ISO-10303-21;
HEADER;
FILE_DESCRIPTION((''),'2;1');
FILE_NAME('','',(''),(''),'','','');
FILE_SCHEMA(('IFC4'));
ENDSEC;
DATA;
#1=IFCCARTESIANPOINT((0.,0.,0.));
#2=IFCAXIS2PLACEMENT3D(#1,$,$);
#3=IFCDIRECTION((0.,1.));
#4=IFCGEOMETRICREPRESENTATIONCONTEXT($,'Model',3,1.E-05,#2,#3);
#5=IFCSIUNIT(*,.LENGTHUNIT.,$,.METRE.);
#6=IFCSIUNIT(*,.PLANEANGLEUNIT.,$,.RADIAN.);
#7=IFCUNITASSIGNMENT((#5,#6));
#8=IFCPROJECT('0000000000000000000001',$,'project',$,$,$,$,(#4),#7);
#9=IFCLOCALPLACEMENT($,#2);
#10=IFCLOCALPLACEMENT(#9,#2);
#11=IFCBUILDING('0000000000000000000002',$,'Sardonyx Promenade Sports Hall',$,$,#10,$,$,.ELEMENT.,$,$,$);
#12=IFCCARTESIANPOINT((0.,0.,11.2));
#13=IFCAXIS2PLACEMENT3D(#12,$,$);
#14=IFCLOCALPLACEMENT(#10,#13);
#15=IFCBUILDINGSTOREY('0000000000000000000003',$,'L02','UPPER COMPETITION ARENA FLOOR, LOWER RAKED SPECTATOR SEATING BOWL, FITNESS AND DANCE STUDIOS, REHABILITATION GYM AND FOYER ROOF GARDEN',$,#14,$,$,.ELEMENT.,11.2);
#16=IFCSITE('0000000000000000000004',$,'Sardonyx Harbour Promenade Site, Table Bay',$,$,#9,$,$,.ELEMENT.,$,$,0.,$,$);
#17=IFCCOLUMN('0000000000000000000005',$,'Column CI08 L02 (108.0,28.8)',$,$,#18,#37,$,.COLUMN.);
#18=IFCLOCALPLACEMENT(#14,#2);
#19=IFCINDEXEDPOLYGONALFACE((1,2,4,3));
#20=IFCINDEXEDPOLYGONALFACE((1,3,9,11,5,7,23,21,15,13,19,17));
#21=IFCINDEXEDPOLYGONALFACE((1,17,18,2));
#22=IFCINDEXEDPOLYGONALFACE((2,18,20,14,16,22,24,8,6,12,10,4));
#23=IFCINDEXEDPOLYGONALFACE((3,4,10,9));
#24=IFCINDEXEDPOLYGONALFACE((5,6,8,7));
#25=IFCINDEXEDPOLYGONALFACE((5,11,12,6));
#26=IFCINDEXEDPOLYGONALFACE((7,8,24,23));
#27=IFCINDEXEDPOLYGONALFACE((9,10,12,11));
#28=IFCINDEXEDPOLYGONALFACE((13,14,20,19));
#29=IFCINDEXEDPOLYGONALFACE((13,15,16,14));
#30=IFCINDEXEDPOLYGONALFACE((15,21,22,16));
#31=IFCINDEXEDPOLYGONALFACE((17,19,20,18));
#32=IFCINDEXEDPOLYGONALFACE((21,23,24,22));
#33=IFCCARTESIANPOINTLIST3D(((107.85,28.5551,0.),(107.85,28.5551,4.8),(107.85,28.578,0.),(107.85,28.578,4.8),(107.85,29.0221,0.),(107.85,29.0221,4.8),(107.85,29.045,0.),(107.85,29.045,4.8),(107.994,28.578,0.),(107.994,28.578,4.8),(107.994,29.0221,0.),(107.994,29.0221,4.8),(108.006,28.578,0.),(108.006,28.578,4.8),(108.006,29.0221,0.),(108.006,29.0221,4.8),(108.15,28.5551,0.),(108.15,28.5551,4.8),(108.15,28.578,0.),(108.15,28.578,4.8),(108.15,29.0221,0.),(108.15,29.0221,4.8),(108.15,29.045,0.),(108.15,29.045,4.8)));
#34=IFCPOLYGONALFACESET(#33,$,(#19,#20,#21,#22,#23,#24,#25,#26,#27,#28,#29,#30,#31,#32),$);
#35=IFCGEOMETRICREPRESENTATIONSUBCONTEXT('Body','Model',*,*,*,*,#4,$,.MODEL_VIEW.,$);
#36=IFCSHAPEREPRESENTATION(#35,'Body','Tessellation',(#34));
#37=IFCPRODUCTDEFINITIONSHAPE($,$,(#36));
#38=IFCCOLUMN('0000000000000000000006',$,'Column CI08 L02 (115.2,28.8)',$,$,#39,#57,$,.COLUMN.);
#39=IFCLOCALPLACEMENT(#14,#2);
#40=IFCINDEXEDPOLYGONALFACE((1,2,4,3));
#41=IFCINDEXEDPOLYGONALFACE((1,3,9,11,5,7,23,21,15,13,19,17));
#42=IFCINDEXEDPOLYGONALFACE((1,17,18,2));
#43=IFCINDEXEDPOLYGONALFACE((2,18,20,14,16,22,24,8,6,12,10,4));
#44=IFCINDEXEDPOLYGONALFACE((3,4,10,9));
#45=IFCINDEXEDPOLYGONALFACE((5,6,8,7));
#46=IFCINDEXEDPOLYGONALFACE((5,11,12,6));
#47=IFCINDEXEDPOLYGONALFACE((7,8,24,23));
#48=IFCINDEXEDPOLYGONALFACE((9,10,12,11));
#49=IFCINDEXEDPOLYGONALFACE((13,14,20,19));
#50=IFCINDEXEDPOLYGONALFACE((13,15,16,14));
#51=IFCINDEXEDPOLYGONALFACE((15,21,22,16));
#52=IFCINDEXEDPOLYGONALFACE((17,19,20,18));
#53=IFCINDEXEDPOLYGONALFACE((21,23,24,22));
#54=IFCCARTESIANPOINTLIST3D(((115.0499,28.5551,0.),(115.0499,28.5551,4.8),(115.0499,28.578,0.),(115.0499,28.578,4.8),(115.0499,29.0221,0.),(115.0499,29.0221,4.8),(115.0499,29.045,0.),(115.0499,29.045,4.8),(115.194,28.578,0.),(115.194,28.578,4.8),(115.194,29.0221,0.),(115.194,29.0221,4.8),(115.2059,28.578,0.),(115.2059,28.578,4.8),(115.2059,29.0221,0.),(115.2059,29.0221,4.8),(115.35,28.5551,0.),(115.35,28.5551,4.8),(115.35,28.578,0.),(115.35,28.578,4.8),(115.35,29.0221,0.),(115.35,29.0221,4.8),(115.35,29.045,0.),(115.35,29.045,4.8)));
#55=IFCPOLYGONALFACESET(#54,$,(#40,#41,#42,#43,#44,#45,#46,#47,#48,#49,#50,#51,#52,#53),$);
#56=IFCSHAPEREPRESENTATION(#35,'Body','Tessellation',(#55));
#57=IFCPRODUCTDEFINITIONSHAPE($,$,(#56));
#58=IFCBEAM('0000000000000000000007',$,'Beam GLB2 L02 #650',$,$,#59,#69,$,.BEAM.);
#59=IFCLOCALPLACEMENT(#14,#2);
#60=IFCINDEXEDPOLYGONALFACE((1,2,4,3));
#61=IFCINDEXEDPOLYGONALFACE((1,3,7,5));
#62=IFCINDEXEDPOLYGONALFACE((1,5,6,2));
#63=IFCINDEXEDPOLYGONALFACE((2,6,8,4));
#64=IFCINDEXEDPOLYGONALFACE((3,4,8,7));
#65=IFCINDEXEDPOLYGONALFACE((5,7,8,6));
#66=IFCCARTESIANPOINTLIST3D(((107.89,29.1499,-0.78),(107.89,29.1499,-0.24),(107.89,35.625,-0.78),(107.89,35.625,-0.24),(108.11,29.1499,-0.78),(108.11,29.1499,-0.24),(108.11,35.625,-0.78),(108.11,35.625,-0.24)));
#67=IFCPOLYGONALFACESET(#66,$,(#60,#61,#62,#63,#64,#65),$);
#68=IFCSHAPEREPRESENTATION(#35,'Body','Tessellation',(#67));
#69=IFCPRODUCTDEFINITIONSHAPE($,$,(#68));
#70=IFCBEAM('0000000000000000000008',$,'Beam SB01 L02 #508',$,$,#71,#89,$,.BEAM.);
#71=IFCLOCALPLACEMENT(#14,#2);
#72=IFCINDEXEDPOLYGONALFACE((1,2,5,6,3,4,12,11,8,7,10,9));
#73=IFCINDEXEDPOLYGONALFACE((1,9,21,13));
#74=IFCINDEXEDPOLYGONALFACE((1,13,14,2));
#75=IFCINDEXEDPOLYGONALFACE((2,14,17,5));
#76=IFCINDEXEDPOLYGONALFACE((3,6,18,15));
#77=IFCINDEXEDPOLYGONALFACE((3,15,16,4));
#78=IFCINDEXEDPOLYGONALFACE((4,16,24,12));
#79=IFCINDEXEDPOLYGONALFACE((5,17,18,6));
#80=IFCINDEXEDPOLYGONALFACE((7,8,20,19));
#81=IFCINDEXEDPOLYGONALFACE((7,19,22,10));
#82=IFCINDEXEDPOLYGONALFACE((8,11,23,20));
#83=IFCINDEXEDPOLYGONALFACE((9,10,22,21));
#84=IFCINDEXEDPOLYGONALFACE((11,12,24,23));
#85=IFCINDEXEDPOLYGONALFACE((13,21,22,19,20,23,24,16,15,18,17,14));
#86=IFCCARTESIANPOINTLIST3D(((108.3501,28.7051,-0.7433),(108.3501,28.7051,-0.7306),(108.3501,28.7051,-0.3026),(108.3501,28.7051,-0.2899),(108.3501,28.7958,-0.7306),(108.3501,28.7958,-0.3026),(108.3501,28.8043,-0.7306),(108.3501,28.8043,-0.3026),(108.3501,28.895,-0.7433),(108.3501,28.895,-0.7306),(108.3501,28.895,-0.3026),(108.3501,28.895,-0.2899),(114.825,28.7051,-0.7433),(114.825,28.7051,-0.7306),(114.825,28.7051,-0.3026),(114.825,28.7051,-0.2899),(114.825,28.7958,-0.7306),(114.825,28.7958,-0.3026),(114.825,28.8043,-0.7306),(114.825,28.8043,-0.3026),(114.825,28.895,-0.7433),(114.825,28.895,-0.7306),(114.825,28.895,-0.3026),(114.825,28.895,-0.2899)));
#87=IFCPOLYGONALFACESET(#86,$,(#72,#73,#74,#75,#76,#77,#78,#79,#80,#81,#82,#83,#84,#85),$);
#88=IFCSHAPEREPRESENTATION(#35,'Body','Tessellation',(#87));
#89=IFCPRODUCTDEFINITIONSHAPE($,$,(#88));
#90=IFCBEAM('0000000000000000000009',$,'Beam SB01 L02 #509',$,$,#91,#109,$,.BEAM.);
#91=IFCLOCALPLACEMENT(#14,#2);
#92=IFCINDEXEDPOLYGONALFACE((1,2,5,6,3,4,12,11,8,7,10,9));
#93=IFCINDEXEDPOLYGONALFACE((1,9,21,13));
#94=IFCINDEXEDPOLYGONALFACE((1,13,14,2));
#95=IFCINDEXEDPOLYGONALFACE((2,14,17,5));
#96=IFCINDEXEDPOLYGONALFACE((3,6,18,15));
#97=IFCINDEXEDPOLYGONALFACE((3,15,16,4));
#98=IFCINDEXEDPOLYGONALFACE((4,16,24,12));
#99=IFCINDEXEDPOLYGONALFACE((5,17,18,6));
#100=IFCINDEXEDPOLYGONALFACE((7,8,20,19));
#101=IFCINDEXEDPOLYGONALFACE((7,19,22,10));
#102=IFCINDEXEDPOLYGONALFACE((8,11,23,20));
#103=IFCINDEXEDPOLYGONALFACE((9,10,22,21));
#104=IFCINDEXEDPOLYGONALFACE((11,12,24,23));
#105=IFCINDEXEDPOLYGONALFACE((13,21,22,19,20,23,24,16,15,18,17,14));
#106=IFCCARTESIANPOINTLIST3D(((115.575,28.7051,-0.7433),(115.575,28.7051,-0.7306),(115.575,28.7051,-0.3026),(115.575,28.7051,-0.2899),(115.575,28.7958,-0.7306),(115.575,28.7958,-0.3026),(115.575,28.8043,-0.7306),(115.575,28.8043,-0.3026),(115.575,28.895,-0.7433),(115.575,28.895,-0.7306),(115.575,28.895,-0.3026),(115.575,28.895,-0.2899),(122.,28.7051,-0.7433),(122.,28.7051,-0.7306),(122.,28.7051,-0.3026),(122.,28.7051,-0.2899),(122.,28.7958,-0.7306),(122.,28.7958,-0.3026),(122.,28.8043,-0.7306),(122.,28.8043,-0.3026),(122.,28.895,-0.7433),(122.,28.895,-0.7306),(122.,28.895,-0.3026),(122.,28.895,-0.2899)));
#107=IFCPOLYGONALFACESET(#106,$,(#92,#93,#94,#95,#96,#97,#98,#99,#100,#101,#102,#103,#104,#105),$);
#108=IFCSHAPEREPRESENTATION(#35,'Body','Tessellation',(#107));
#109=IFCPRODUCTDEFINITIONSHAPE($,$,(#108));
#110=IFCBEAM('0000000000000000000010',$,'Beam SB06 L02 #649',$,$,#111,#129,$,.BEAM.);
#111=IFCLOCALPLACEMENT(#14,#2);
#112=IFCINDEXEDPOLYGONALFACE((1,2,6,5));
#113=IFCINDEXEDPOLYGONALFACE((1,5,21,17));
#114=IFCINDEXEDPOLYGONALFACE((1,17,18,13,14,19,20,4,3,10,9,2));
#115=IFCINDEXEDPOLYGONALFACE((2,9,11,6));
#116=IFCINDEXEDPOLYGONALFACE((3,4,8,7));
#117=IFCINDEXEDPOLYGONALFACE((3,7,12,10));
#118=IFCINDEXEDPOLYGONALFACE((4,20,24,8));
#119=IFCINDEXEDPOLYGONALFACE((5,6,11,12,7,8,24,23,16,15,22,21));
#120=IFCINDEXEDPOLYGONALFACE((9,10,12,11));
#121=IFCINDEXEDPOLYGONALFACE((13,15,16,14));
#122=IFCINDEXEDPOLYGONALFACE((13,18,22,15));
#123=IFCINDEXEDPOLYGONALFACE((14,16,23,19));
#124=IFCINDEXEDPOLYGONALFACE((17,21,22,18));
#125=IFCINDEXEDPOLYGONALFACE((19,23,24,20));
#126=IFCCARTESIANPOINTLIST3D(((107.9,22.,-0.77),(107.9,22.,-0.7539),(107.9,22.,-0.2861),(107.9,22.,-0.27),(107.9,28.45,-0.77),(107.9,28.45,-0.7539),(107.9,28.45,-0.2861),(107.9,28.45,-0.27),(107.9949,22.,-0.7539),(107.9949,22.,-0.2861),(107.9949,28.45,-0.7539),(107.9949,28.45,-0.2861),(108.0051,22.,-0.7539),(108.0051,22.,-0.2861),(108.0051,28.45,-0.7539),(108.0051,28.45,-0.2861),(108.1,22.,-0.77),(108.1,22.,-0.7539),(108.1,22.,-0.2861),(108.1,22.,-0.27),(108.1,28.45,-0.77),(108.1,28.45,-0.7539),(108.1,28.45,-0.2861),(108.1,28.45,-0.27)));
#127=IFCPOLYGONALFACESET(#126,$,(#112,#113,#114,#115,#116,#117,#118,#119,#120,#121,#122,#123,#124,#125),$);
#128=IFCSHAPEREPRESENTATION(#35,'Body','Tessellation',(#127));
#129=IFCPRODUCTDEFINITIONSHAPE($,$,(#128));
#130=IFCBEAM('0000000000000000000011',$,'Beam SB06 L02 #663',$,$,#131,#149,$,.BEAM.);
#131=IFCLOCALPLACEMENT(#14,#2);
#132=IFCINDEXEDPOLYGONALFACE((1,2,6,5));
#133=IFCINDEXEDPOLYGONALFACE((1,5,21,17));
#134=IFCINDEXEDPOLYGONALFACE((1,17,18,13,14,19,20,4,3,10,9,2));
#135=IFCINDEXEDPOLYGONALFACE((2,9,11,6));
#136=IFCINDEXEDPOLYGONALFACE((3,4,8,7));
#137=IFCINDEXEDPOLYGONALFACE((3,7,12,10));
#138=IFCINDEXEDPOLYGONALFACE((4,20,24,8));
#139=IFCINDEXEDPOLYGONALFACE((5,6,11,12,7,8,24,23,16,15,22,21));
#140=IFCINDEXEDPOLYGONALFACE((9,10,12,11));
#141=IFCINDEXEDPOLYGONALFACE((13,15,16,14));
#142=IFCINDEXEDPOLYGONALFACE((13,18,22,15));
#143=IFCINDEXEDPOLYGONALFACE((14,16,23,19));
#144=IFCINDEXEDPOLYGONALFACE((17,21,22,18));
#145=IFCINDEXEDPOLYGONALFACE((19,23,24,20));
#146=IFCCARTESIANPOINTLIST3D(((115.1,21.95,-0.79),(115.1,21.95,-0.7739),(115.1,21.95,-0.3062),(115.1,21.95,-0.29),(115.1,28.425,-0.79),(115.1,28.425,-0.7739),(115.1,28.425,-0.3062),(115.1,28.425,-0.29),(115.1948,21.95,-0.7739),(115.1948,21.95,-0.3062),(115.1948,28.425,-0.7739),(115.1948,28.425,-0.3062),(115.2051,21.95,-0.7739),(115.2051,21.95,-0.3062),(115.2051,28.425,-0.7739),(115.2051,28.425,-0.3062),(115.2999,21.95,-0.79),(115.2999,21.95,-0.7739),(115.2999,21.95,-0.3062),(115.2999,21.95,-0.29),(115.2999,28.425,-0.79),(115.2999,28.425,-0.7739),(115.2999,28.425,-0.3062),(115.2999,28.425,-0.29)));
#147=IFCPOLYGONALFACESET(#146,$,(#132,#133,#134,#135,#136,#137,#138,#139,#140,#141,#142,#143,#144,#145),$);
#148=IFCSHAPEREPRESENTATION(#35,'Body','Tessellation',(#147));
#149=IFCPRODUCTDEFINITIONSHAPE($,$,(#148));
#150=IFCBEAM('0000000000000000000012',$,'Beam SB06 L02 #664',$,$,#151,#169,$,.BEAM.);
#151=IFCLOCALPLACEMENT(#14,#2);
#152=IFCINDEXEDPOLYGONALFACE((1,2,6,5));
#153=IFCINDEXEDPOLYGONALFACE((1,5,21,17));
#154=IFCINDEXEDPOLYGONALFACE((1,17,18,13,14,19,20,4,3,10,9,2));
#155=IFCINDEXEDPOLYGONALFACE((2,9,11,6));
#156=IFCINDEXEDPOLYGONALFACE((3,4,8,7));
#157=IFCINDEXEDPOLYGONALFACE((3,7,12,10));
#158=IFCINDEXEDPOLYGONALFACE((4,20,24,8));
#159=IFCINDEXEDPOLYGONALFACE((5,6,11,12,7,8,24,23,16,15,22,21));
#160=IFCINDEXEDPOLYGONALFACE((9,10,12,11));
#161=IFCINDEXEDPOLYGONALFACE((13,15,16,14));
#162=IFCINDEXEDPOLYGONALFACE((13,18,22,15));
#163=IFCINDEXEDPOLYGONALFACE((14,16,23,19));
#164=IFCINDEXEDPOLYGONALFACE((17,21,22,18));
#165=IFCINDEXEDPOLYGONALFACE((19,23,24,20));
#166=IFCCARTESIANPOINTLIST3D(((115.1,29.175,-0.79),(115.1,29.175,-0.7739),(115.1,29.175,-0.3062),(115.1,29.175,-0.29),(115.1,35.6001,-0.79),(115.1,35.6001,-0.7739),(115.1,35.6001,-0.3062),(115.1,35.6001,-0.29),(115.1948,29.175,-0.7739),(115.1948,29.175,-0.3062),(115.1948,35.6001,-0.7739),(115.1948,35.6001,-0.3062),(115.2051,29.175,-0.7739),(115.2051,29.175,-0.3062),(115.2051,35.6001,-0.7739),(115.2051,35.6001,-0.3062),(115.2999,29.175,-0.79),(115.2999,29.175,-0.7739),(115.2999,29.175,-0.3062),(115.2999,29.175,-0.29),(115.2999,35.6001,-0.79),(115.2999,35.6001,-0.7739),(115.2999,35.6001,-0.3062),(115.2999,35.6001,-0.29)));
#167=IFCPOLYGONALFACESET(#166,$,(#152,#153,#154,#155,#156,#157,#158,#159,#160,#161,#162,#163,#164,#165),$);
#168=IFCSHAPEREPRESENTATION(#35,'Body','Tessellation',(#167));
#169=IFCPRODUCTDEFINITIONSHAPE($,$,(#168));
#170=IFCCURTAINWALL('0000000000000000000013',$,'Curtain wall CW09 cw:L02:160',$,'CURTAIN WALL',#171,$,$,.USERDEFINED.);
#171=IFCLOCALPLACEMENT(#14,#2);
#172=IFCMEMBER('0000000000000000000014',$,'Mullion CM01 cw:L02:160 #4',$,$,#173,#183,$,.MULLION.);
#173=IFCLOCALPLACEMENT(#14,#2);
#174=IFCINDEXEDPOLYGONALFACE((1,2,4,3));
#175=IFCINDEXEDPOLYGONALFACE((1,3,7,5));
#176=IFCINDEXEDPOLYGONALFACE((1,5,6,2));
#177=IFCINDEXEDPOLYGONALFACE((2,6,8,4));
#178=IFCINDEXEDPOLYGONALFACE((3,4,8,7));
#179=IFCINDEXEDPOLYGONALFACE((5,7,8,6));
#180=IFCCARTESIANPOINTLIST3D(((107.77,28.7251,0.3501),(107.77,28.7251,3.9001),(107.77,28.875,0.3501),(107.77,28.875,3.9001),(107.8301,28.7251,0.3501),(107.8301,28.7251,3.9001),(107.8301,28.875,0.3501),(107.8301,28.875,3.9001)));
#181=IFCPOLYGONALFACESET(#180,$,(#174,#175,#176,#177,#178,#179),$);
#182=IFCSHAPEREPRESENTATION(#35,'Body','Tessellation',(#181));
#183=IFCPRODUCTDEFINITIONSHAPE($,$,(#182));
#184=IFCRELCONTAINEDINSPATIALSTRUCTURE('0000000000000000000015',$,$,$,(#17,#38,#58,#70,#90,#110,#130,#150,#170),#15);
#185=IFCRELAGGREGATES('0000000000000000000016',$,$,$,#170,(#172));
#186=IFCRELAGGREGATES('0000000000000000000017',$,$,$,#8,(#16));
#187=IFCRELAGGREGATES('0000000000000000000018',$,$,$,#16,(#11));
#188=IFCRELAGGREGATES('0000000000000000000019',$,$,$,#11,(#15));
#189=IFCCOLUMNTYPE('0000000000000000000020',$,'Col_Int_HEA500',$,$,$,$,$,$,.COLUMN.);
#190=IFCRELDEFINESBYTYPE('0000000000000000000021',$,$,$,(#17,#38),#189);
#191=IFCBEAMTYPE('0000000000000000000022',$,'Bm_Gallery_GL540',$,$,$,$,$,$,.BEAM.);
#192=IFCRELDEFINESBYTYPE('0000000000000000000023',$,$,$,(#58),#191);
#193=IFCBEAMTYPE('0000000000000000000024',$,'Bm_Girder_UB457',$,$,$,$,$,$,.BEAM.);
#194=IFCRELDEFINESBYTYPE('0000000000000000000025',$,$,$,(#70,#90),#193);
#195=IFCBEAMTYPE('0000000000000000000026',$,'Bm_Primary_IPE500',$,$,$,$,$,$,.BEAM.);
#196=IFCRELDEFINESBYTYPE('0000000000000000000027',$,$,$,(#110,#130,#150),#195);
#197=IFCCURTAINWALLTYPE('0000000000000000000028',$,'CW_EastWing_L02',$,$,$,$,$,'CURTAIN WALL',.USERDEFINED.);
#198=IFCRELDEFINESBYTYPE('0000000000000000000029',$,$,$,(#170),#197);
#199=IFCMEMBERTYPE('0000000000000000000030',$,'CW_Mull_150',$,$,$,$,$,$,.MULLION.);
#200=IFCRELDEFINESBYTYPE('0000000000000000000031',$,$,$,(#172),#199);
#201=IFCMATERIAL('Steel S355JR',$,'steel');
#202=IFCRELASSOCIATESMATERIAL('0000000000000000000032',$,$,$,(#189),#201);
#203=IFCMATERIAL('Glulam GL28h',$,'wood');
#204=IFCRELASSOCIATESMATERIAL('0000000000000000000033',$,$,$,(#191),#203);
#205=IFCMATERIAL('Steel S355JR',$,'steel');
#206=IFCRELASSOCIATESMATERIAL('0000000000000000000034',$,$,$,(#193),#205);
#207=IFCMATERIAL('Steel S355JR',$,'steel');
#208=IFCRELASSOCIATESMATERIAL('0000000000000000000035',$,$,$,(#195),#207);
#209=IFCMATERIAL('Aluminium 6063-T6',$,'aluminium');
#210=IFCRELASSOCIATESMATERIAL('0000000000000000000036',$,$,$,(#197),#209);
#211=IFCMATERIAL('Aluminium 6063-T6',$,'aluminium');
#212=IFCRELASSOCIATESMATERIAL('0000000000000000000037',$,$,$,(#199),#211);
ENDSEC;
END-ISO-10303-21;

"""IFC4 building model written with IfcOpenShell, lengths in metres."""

from ifc_helpers import new_model, si_unit, direction, frame, origin, origin_2d, place, context, subcontext, project, spatial, rectangle, i_section, extrude, material, material_profile, profile_set, type_object, element, aggregate, save


model = new_model("IFC4")

# Units and contexts
model_context = context("Model", 3, precision=1e-05, world=origin(), true_north=direction((0.0, 1.0)))
body_context = subcontext(model_context, "Body", "Model", "MODEL_VIEW")
ifc_project = project(units=[si_unit("LENGTHUNIT", "METRE"), si_unit("PLANEANGLEUNIT", "RADIAN")], contexts=[model_context])

# Site, building, storey
site_placement = place(None, origin())
site = spatial("IfcSite", under=ifc_project, at=site_placement, Name="Sardonyx Harbour Promenade Site, Table Bay", CompositionType="ELEMENT", RefElevation=0.0)
building_placement = place(site_placement, origin())
building = spatial("IfcBuilding", under=site, at=building_placement, Name="Sardonyx Promenade Sports Hall", CompositionType="ELEMENT")
storey_placement = place(building_placement, frame((0.0, 0.0, 11.2)))
storey = spatial("IfcBuildingStorey", under=building, at=storey_placement, Name="L02", Description="UPPER COMPETITION ARENA FLOOR, LOWER RAKED SPECTATOR SEATING BOWL, FITNESS AND DANCE STUDIOS, REHABILITATION GYM AND FOYER ROOF GARDEN", CompositionType="ELEMENT", Elevation=11.2)

# Columns
ifc_material_1 = material(Name="Steel S355JR", Category="steel")
ifc_material_profile_1 = material_profile(ifc_material_1, i_section(OverallWidth=0.3, OverallDepth=0.49, WebThickness=0.012, FlangeThickness=0.0229, at=origin_2d()))
ifc_profile_set_1 = profile_set([ifc_material_profile_1], Name="Steel S355JR")
column_type = type_object("IfcColumnType", Name="Col_Int_HEA500", PredefinedType="COLUMN", material=ifc_profile_set_1)
for number, where, z_axis, x_axis, name in (
    (1, (108.0, 28.8, 0.0), (0.0, 0.0, 1.0), (1.0, 0.0, 0.0), "Column CI08 L02 (108.0,28.8)"),
    (2, (115.2, 28.8, 0.0), (0.0, 0.0, 1.0), (1.0, 0.0, 0.0), "Column CI08 L02 (115.2,28.8)"),
):
    element("IfcColumn", number, at=place(storey_placement, frame(where, z_axis=z_axis, x_axis=x_axis)), inside=storey, type_object=column_type, Name=name, PredefinedType="COLUMN", context=body_context, shape_type="SweptSolid", body=[
        extrude(i_section(OverallWidth=0.3, OverallDepth=0.49, WebThickness=0.012, FlangeThickness=0.0229, at=origin_2d()), origin(), (0.0, 0.0, 1.0), 4.8),
    ])

# Beams
ifc_material_2 = material(Name="Glulam GL28h", Category="wood")
ifc_material_profile_2 = material_profile(ifc_material_2, rectangle(XDim=0.22, YDim=0.54, at=origin_2d()))
ifc_profile_set_2 = profile_set([ifc_material_profile_2], Name="Glulam GL28h")
beam_type_1 = type_object("IfcBeamType", Name="Bm_Gallery_GL540", PredefinedType="BEAM", material=ifc_profile_set_2)
beam_1_placement = place(storey_placement, frame((108.0, 29.1499, -0.51), z_axis=(0.0, 1.0, 0.0), x_axis=(-1.0, 0.0, 0.0)))
element("IfcBeam", 3, at=beam_1_placement, inside=storey, type_object=beam_type_1, Name="Beam GLB2 L02 #650", PredefinedType="BEAM", context=body_context, shape_type="SweptSolid", body=[
    extrude(rectangle(XDim=0.22, YDim=0.54, at=origin_2d()), origin(), (0.0, 0.0, 1.0), 6.4751),
])
ifc_material_3 = material(Name="Steel S355JR", Category="steel")
ifc_material_profile_3 = material_profile(ifc_material_3, i_section(OverallWidth=0.1899, OverallDepth=0.4534, WebThickness=0.0085, FlangeThickness=0.0127, at=origin_2d()))
ifc_profile_set_3 = profile_set([ifc_material_profile_3], Name="Steel S355JR")
beam_type_2 = type_object("IfcBeamType", Name="Bm_Girder_UB457", PredefinedType="BEAM", material=ifc_profile_set_3)
beam_2_placement = place(storey_placement, frame((108.3501, 28.8, -0.5166), z_axis=(1.0, 0.0, 0.0), x_axis=(0.0, 1.0, 0.0)))
element("IfcBeam", 4, at=beam_2_placement, inside=storey, type_object=beam_type_2, Name="Beam SB01 L02 #508", PredefinedType="BEAM", context=body_context, shape_type="SweptSolid", body=[
    extrude(i_section(OverallWidth=0.1899, OverallDepth=0.4534, WebThickness=0.0085, FlangeThickness=0.0127, at=origin_2d()), origin(), (0.0, 0.0, 1.0), 6.4749),
])
beam_3_placement = place(storey_placement, frame((115.575, 28.8, -0.5166), z_axis=(1.0, 0.0, 0.0), x_axis=(0.0, 1.0, 0.0)))
element("IfcBeam", 5, at=beam_3_placement, inside=storey, type_object=beam_type_2, Name="Beam SB01 L02 #509", PredefinedType="BEAM", context=body_context, shape_type="SweptSolid", body=[
    extrude(i_section(OverallWidth=0.1899, OverallDepth=0.4534, WebThickness=0.0085, FlangeThickness=0.0127, at=origin_2d()), origin(), (0.0, 0.0, 1.0), 6.425),
])
ifc_material_4 = material(Name="Steel S355JR", Category="steel")
ifc_material_profile_4 = material_profile(ifc_material_4, i_section(OverallWidth=0.2, OverallDepth=0.5, WebThickness=0.0103, FlangeThickness=0.0161, at=origin_2d()))
ifc_profile_set_4 = profile_set([ifc_material_profile_4], Name="Steel S355JR")
beam_type_3 = type_object("IfcBeamType", Name="Bm_Primary_IPE500", PredefinedType="BEAM", material=ifc_profile_set_4)
beam_4_placement = place(storey_placement, frame((108.0, 22.0, -0.52), z_axis=(0.0, 1.0, 0.0), x_axis=(-1.0, 0.0, 0.0)))
element("IfcBeam", 6, at=beam_4_placement, inside=storey, type_object=beam_type_3, Name="Beam SB06 L02 #649", PredefinedType="BEAM", context=body_context, shape_type="SweptSolid", body=[
    extrude(i_section(OverallWidth=0.2, OverallDepth=0.5, WebThickness=0.0103, FlangeThickness=0.0161, at=origin_2d()), origin(), (0.0, 0.0, 1.0), 6.45),
])
beam_5_placement = place(storey_placement, frame((115.2, 21.95, -0.54), z_axis=(0.0, 1.0, 0.0), x_axis=(-1.0, 0.0, 0.0)))
element("IfcBeam", 7, at=beam_5_placement, inside=storey, type_object=beam_type_3, Name="Beam SB06 L02 #663", PredefinedType="BEAM", context=body_context, shape_type="SweptSolid", body=[
    extrude(i_section(OverallWidth=0.2, OverallDepth=0.5, WebThickness=0.0103, FlangeThickness=0.0161, at=origin_2d()), origin(), (0.0, 0.0, 1.0), 6.4751),
])
beam_6_placement = place(storey_placement, frame((115.2, 29.175, -0.54), z_axis=(0.0, 1.0, 0.0), x_axis=(-1.0, 0.0, 0.0)))
element("IfcBeam", 8, at=beam_6_placement, inside=storey, type_object=beam_type_3, Name="Beam SB06 L02 #664", PredefinedType="BEAM", context=body_context, shape_type="SweptSolid", body=[
    extrude(i_section(OverallWidth=0.2, OverallDepth=0.5, WebThickness=0.0103, FlangeThickness=0.0161, at=origin_2d()), origin(), (0.0, 0.0, 1.0), 6.425),
])

# Curtain wall, member
ifc_material_5 = material(Name="Aluminium 6063-T6", Category="aluminium")
curtain_wall_type = type_object("IfcCurtainWallType", Name="CW_EastWing_L02", ElementType="CURTAIN WALL", PredefinedType="USERDEFINED", material=ifc_material_5)
curtain_wall_placement = place(storey_placement, origin())
curtain_wall = element("IfcCurtainWall", 9, at=curtain_wall_placement, inside=storey, type_object=curtain_wall_type, Name="Curtain wall CW09 cw:L02:160", ObjectType="CURTAIN WALL", PredefinedType="USERDEFINED")
ifc_material_6 = material(Name="Aluminium 6063-T6", Category="aluminium")
ifc_material_profile_5 = material_profile(ifc_material_6, rectangle(XDim=0.0601, YDim=0.1499, at=origin_2d()))
ifc_profile_set_5 = profile_set([ifc_material_profile_5], Name="Aluminium 6063-T6")
member_type = type_object("IfcMemberType", Name="CW_Mull_150", PredefinedType="MULLION", material=ifc_profile_set_5)
member_placement = place(storey_placement, frame((107.8, 28.8, 0.3501), z_axis=(0.0, 0.0, 1.0), x_axis=(1.0, 0.0, 0.0)))
member = element("IfcMember", 10, at=member_placement, type_object=member_type, Name="Mullion CM01 cw:L02:160 #4", PredefinedType="MULLION", context=body_context, shape_type="SweptSolid", body=[
    extrude(rectangle(XDim=0.0601, YDim=0.1499, at=origin_2d()), origin(), (0.0, 0.0, 1.0), 3.55),
])
aggregate(curtain_wall, [member])

save(model, "model.ifc")
